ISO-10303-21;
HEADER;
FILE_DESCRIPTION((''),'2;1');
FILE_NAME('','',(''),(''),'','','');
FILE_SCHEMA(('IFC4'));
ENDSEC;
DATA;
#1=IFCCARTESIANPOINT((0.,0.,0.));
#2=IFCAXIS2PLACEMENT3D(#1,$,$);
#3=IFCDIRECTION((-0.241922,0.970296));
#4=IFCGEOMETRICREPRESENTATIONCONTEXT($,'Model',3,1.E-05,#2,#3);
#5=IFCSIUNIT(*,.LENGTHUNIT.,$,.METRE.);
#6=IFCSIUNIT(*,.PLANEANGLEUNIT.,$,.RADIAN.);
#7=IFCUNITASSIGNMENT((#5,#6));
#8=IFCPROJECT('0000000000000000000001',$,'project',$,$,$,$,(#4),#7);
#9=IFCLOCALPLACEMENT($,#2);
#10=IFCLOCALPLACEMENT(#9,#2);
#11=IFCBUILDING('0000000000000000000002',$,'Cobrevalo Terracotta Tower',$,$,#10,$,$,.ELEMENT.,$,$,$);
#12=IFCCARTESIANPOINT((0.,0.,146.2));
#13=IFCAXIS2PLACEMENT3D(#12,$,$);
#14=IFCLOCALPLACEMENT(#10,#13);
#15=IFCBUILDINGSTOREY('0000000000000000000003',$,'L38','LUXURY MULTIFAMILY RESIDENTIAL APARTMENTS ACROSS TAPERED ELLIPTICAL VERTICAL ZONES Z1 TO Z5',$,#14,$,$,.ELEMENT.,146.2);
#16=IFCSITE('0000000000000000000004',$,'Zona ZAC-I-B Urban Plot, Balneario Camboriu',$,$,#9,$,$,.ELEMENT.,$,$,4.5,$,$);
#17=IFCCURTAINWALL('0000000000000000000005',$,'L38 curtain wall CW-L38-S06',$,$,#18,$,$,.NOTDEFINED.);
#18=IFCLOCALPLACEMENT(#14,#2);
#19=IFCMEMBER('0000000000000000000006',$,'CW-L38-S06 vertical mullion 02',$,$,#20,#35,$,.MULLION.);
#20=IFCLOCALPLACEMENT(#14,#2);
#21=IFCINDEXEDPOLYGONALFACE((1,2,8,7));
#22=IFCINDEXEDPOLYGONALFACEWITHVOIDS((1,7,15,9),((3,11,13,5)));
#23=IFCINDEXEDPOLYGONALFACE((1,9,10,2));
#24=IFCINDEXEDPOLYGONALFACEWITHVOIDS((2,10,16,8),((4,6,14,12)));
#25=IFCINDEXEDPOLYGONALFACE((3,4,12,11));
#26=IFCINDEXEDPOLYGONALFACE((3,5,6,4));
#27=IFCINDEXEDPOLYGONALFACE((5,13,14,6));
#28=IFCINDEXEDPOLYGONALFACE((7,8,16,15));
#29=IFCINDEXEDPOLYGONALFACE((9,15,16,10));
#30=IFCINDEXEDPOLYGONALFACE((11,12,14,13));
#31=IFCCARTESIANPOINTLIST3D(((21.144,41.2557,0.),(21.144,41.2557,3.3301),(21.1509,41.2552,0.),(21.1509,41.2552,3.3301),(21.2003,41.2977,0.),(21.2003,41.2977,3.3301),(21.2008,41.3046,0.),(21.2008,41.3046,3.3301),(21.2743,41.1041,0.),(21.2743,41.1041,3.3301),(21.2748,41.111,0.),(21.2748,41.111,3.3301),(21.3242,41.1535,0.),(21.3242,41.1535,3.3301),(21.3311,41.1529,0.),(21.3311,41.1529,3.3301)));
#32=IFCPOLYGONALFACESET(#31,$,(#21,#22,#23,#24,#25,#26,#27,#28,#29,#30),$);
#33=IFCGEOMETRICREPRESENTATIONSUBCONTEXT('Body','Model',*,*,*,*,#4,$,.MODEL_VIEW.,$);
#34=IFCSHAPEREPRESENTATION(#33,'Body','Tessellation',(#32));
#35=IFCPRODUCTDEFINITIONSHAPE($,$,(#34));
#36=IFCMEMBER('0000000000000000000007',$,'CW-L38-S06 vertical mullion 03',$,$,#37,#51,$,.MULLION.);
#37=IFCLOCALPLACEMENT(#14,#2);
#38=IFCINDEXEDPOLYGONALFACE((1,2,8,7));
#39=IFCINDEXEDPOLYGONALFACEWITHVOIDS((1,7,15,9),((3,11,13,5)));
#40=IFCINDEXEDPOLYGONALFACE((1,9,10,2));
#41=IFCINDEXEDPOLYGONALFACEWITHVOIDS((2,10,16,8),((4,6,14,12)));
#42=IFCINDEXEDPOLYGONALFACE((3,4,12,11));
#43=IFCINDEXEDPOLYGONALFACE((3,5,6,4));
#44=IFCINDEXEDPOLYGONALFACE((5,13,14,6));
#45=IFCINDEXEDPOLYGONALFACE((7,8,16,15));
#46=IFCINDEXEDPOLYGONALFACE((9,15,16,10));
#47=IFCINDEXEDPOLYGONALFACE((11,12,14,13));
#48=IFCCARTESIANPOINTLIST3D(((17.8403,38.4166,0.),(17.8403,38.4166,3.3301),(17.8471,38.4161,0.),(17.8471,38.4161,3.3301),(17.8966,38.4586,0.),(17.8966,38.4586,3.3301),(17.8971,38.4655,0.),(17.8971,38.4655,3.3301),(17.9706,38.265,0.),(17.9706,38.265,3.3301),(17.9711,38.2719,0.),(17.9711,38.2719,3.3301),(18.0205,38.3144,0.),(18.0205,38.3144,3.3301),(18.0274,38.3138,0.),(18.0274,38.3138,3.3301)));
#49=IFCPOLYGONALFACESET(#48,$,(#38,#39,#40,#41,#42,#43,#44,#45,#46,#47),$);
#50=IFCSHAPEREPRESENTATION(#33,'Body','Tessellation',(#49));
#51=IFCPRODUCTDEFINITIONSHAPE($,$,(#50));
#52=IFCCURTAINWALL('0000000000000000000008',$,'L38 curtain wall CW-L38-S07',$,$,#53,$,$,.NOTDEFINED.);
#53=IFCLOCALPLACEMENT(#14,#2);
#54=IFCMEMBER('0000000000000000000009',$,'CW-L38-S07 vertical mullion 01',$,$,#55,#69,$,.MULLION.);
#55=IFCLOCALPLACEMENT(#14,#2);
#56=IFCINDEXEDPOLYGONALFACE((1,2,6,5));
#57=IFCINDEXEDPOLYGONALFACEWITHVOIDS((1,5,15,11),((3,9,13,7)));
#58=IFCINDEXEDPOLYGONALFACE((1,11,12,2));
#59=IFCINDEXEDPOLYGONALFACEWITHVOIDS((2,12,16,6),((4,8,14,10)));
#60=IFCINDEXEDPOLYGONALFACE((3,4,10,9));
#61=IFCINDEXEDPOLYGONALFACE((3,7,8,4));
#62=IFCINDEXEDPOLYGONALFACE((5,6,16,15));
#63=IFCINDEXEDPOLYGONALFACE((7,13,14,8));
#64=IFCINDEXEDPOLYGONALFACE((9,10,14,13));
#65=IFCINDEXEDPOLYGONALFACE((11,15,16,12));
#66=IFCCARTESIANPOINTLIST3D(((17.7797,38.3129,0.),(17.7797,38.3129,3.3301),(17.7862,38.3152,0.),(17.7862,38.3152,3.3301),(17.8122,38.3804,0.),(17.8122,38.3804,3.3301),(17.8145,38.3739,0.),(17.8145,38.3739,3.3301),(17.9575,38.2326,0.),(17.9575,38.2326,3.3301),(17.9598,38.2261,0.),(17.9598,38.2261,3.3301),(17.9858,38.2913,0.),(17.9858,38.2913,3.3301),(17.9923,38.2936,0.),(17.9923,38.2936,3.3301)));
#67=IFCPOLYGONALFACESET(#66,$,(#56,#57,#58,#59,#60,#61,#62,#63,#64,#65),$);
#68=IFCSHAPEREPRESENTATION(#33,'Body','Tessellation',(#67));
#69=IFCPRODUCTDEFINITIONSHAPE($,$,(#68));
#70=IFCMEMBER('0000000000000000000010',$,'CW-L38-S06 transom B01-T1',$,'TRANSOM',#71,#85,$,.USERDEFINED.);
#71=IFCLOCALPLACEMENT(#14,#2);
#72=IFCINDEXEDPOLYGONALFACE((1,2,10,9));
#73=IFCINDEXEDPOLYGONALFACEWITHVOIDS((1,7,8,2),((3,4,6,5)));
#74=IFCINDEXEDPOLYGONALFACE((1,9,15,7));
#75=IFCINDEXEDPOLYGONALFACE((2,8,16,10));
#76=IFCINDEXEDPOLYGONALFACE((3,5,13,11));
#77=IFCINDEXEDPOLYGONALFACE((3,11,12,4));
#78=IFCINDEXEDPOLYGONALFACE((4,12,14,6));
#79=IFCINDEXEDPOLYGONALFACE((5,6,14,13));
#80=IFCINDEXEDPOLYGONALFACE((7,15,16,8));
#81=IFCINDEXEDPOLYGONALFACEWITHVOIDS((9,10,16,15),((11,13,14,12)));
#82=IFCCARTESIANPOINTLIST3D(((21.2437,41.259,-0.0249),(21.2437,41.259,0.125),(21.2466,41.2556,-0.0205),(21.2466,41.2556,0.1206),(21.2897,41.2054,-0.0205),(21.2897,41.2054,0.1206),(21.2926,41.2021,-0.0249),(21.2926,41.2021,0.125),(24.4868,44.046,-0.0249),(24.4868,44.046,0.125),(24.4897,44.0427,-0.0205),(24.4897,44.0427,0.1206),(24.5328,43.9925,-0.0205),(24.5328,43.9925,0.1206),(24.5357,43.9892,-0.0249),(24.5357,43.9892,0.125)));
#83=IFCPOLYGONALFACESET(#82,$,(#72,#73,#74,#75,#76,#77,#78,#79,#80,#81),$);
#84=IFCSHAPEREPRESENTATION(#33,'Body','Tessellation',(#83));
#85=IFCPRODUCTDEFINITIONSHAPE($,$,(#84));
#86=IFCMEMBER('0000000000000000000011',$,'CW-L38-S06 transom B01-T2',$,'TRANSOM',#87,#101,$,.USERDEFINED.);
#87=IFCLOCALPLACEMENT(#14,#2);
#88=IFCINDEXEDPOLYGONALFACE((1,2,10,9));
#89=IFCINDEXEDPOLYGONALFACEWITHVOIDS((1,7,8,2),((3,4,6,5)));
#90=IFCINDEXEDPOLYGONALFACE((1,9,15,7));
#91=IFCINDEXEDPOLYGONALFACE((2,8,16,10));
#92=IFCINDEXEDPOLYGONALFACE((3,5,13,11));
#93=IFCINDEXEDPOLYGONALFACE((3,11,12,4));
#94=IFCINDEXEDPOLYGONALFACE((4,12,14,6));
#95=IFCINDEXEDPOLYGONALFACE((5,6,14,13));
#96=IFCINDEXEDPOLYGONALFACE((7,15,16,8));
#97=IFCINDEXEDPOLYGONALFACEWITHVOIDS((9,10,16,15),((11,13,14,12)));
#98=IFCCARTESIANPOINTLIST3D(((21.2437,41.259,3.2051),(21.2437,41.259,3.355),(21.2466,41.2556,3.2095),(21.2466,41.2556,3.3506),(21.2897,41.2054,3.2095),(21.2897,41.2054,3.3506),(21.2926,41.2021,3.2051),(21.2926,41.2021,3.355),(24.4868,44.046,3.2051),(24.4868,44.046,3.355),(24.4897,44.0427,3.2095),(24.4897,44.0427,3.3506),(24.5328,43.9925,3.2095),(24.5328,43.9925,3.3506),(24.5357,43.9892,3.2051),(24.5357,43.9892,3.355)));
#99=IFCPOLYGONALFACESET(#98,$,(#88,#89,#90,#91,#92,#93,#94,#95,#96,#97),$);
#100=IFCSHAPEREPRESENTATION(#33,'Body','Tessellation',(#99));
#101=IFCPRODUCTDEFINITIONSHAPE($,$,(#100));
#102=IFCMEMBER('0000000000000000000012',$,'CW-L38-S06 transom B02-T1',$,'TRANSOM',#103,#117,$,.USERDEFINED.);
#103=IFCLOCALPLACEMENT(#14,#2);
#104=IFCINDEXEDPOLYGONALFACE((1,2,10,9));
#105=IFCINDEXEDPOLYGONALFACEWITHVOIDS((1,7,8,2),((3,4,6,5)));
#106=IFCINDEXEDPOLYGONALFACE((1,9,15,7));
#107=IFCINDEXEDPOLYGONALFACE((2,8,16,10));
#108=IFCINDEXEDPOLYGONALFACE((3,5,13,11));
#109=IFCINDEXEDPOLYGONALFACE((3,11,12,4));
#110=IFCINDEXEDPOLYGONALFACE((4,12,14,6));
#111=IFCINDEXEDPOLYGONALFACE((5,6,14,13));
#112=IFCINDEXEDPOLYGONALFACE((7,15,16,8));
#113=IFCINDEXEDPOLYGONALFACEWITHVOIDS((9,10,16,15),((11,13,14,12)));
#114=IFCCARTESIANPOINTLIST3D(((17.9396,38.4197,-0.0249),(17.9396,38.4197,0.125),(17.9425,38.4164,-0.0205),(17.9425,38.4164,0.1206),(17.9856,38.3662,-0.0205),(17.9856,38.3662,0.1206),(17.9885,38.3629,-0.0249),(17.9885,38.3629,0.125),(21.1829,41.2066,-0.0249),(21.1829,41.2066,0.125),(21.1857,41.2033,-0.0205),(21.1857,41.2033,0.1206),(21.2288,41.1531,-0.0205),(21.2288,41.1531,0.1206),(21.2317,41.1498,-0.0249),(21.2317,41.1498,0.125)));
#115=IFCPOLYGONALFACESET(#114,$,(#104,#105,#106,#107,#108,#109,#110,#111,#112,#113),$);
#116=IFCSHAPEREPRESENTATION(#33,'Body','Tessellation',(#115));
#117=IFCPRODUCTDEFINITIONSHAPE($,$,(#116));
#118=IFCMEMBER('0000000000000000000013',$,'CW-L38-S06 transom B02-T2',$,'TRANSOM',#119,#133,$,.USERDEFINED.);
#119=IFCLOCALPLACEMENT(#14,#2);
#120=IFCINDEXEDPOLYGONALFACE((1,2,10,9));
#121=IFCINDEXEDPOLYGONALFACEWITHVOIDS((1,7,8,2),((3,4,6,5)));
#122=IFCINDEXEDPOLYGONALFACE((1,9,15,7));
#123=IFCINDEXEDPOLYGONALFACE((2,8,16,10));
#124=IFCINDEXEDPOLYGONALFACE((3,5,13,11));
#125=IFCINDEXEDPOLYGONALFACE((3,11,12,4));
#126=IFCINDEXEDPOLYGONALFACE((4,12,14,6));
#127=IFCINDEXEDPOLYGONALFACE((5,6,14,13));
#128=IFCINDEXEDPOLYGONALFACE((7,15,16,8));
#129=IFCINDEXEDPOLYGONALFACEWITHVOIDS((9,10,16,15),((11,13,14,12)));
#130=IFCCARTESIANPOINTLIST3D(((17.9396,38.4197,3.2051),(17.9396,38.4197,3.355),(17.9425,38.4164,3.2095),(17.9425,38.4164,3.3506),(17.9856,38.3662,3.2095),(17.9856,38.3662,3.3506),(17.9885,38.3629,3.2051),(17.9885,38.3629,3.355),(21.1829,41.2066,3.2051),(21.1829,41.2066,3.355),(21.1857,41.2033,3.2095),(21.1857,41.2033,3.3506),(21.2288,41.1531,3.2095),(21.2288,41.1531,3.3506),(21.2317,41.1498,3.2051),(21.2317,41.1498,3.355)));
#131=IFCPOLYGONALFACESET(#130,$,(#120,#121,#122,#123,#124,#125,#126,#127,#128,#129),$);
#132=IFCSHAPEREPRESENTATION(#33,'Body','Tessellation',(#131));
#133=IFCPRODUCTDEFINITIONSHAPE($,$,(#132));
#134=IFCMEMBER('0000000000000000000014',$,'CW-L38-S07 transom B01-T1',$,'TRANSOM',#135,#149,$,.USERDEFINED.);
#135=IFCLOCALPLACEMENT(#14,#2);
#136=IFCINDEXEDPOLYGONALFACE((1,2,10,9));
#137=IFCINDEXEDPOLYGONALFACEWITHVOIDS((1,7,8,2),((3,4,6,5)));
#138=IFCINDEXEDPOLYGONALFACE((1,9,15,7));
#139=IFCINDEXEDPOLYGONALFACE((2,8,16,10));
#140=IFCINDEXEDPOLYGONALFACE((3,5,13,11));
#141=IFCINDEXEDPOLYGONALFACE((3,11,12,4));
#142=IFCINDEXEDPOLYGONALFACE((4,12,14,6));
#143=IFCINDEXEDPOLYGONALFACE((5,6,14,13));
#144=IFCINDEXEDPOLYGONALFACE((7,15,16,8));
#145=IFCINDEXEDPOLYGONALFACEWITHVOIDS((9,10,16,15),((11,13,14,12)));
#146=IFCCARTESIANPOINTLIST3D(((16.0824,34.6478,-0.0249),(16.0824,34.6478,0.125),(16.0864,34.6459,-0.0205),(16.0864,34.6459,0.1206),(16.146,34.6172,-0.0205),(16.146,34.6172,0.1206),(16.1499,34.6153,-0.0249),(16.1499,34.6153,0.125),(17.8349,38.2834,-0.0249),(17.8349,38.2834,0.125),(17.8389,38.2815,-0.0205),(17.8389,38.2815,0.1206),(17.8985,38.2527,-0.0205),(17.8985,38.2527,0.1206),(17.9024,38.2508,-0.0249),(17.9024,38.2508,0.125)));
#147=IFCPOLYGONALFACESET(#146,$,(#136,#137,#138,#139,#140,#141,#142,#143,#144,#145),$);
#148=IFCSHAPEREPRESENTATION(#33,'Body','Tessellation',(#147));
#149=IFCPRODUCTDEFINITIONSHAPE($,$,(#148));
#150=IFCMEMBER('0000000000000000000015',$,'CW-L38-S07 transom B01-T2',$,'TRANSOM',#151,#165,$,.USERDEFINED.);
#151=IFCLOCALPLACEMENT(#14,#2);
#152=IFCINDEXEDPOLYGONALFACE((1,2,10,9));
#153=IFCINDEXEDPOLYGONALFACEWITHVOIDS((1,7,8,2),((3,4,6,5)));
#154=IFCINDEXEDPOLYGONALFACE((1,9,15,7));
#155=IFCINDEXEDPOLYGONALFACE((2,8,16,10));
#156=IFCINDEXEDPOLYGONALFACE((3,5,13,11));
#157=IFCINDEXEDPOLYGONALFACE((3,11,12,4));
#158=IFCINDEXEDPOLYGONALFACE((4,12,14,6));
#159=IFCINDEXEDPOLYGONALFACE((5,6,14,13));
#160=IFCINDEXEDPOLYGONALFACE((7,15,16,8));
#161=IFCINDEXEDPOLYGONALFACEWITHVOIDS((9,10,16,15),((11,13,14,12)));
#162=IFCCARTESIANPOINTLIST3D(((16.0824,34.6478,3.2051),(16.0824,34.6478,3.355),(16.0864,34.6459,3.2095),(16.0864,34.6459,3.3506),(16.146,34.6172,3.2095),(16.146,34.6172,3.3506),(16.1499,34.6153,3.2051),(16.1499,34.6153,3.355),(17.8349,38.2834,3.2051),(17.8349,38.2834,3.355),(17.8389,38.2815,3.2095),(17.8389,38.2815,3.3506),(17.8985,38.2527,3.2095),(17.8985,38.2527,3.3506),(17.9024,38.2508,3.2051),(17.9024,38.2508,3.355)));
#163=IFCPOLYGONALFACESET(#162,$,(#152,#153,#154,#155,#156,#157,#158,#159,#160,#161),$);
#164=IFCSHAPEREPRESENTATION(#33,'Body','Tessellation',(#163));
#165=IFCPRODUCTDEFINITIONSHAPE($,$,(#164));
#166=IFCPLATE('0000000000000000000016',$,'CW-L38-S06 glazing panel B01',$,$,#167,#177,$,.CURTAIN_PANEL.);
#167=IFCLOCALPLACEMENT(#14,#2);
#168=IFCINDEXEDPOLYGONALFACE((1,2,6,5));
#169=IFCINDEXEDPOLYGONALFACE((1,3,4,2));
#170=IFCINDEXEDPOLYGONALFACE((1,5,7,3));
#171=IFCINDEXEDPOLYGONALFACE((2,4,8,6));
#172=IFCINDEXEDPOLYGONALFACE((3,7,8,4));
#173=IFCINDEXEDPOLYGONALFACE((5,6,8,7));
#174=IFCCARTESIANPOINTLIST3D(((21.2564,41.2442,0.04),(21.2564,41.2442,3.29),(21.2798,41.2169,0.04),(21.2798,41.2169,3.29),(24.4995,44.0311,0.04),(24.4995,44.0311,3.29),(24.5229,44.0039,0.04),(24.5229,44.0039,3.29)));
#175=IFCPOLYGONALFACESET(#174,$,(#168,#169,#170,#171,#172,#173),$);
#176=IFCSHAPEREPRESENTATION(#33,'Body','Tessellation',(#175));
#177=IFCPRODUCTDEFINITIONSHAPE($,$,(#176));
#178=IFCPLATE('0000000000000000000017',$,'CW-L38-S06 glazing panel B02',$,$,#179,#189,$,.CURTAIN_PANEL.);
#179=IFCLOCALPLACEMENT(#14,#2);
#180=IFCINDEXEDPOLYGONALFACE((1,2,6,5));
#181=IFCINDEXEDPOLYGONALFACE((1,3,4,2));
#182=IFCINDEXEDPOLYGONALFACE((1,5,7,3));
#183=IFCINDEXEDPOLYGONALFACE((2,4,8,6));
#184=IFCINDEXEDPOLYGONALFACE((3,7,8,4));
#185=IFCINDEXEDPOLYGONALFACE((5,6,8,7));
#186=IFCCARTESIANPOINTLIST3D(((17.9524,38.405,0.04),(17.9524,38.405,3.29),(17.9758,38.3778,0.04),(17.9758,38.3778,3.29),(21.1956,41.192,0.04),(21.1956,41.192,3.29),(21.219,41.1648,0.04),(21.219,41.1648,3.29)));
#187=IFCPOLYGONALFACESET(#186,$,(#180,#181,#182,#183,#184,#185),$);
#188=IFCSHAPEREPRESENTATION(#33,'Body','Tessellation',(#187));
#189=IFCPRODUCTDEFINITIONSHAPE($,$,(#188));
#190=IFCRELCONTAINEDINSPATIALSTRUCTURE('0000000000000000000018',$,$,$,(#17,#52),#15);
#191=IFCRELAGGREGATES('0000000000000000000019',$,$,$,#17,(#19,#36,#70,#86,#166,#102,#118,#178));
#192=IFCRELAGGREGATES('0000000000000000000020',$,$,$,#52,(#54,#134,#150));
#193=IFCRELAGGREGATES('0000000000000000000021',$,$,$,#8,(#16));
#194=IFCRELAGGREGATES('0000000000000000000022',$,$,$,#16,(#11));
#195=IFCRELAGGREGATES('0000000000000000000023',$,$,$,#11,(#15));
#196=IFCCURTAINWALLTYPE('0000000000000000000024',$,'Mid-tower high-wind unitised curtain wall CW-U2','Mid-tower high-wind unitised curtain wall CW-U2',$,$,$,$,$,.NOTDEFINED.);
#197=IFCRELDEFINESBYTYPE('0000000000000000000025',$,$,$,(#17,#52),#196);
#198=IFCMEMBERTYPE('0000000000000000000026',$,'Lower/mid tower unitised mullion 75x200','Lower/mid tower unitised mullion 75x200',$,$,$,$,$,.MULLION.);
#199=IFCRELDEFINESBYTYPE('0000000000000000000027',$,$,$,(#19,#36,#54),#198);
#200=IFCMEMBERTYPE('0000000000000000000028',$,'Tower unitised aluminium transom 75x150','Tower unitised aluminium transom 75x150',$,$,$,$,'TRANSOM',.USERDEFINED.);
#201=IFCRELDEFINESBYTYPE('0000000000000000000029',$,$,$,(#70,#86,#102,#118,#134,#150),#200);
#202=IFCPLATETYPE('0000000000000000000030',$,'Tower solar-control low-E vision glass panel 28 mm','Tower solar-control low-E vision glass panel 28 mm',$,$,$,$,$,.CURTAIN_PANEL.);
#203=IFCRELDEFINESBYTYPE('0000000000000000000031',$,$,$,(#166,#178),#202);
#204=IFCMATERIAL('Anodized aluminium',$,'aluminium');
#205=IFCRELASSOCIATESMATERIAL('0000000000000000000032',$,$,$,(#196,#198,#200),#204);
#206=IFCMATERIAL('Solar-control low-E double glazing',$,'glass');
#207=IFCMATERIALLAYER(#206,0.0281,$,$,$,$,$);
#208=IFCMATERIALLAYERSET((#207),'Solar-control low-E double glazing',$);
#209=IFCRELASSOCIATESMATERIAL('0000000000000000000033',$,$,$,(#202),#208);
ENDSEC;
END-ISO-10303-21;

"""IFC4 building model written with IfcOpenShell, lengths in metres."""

from ifc_helpers import new_model, si_unit, direction, frame, origin, origin_2d, place, context, subcontext, project, spatial, rectangle, hollow_rectangle, extrude, source, transform, mapped, material, layer, layer_set, material_profile, profile_set, type_object, element, aggregate, save


model = new_model("IFC4")

# Units and contexts
model_context = context("Model", 3, precision=1e-05, world=origin(), true_north=direction((-0.241922, 0.970296)))
body_context = subcontext(model_context, "Body", "Model", "MODEL_VIEW")
ifc_project = project(units=[si_unit("LENGTHUNIT", "METRE"), si_unit("PLANEANGLEUNIT", "RADIAN")], contexts=[model_context])

# Site, building, storey
site_placement = place(None, origin())
site = spatial("IfcSite", under=ifc_project, at=site_placement, Name="Zona ZAC-I-B Urban Plot, Balneario Camboriu", CompositionType="ELEMENT", RefElevation=4.5)
building_placement = place(site_placement, origin())
building = spatial("IfcBuilding", under=site, at=building_placement, Name="Cobrevalo Terracotta Tower", CompositionType="ELEMENT")
storey_placement = place(building_placement, frame((0.0, 0.0, 146.2)))
storey = spatial("IfcBuildingStorey", under=building, at=storey_placement, Name="L38", Description="LUXURY MULTIFAMILY RESIDENTIAL APARTMENTS ACROSS TAPERED ELLIPTICAL VERTICAL ZONES Z1 TO Z5", CompositionType="ELEMENT", Elevation=146.2)

# Shared definitions
ifc_material_1 = material(Name="Anodized aluminium", Category="aluminium")
curtain_wall_type = type_object("IfcCurtainWallType", Name="Mid-tower high-wind unitised curtain wall CW-U2", Description="Mid-tower high-wind unitised curtain wall CW-U2", PredefinedType="NOTDEFINED", material=ifc_material_1)
ifc_material_profile_1 = material_profile(ifc_material_1, hollow_rectangle(XDim=0.075, YDim=0.2, WallThickness=0.0049, at=origin_2d()), Name="CWM 75x200")
ifc_profile_set_1 = profile_set([ifc_material_profile_1], Name="Anodized aluminium")
member_type_1 = type_object("IfcMemberType", Name="Lower/mid tower unitised mullion 75x200", Description="Lower/mid tower unitised mullion 75x200", PredefinedType="MULLION", material=ifc_profile_set_1)
shared_shape_1 = source(origin(), body_context, "Body", "SweptSolid", [
    extrude(hollow_rectangle(XDim=0.075, YDim=0.2, WallThickness=0.0049, at=origin_2d()), origin(), (0.0, 0.0, 1.0), 3.3301),
])

# Curtain wall, members
curtain_wall_1_placement = place(storey_placement, origin())
curtain_wall_1 = element("IfcCurtainWall", 1, at=curtain_wall_1_placement, inside=storey, type_object=curtain_wall_type, Name="L38 curtain wall CW-L38-S06", PredefinedType="NOTDEFINED")
member_1_placement = place(storey_placement, frame((21.2375, 41.2043, 0.0), z_axis=(0.0, 0.0, 1.0), x_axis=(-0.758442, -0.651741, 0.0)))
member_1 = element("IfcMember", 2, at=member_1_placement, type_object=member_type_1, Name="CW-L38-S06 vertical mullion 02", PredefinedType="MULLION", context=body_context, shape_type="MappedRepresentation", body=[
    mapped(shared_shape_1, transform((0.0, 0.0, 0.0), scale=1.0)),
])
member_2_placement = place(storey_placement, frame((17.9338, 38.3652, 0.0), z_axis=(0.0, 0.0, 1.0), x_axis=(-0.758442, -0.651741, 0.0)))
member_2 = element("IfcMember", 3, at=member_2_placement, type_object=member_type_1, Name="CW-L38-S06 vertical mullion 03", PredefinedType="MULLION", context=body_context, shape_type="MappedRepresentation", body=[
    mapped(shared_shape_1, transform((0.0, 0.0, 0.0), scale=1.0)),
])

# Curtain wall, member
curtain_wall_2_placement = place(storey_placement, origin())
curtain_wall_2 = element("IfcCurtainWall", 4, at=curtain_wall_2_placement, inside=storey, type_object=curtain_wall_type, Name="L38 curtain wall CW-L38-S07", PredefinedType="NOTDEFINED")
member_3_placement = place(storey_placement, frame((17.886, 38.3032, 0.0), z_axis=(0.0, 0.0, 1.0), x_axis=(-0.434209, -0.900812, 0.0)))
member_3 = element("IfcMember", 5, at=member_3_placement, type_object=member_type_1, Name="CW-L38-S07 vertical mullion 01", PredefinedType="MULLION", context=body_context, shape_type="MappedRepresentation", body=[
    mapped(shared_shape_1, transform((0.0, 0.0, 0.0), scale=1.0)),
])

# Members
ifc_material_profile_2 = material_profile(ifc_material_1, hollow_rectangle(XDim=0.075, YDim=0.1499, WallThickness=0.0044, at=origin_2d()), Name="CWT 75x150")
ifc_profile_set_2 = profile_set([ifc_material_profile_2], Name="Anodized aluminium")
member_type_2 = type_object("IfcMemberType", Name="Tower unitised aluminium transom 75x150", Description="Tower unitised aluminium transom 75x150", ElementType="TRANSOM", PredefinedType="USERDEFINED", material=ifc_profile_set_2)
shared_shape_2 = source(origin(), body_context, "Body", "SweptSolid", [
    extrude(hollow_rectangle(XDim=0.075, YDim=0.1499, WallThickness=0.0044, at=origin_2d()), origin(), (0.0, 0.0, 1.0), 4.2761),
])
member_4_placement = place(storey_placement, frame((24.5112, 44.0176, 0.05), z_axis=(-0.758418, -0.651769, 0.0), x_axis=(0.651769, -0.758418, 0.0)))
member_4 = element("IfcMember", 6, at=member_4_placement, type_object=member_type_2, Name="CW-L38-S06 transom B01-T1", ObjectType="TRANSOM", PredefinedType="USERDEFINED", context=body_context, shape_type="MappedRepresentation", body=[
    mapped(shared_shape_2, transform((0.0, 0.0, 0.0), scale=1.0)),
])
member_5_placement = place(storey_placement, frame((24.5112, 44.0176, 3.28), z_axis=(-0.758418, -0.651769, 0.0), x_axis=(0.651769, -0.758418, 0.0)))
member_5 = element("IfcMember", 7, at=member_5_placement, type_object=member_type_2, Name="CW-L38-S06 transom B01-T2", ObjectType="TRANSOM", PredefinedType="USERDEFINED", context=body_context, shape_type="MappedRepresentation", body=[
    mapped(shared_shape_2, transform((0.0, 0.0, 0.0), scale=1.0)),
])
member_6_placement = place(storey_placement, frame((21.2073, 41.1782, 0.05), z_axis=(-0.758446, -0.651736, 0.0), x_axis=(0.651736, -0.758446, 0.0)))
member_6 = element("IfcMember", 8, at=member_6_placement, type_object=member_type_2, Name="CW-L38-S06 transom B02-T1", ObjectType="TRANSOM", PredefinedType="USERDEFINED", context=body_context, shape_type="MappedRepresentation", body=[
    mapped(shared_shape_2, transform((0.0, 0.0, 0.0), scale=1.0)),
])
member_7_placement = place(storey_placement, frame((21.2073, 41.1782, 3.28), z_axis=(-0.758446, -0.651736, 0.0), x_axis=(0.651736, -0.758446, 0.0)))
member_7 = element("IfcMember", 9, at=member_7_placement, type_object=member_type_2, Name="CW-L38-S06 transom B02-T2", ObjectType="TRANSOM", PredefinedType="USERDEFINED", context=body_context, shape_type="MappedRepresentation", body=[
    mapped(shared_shape_2, transform((0.0, 0.0, 0.0), scale=1.0)),
])
shared_shape_3 = source(origin(), body_context, "Body", "SweptSolid", [
    extrude(hollow_rectangle(XDim=0.075, YDim=0.1499, WallThickness=0.0044, at=origin_2d()), origin(), (0.0, 0.0, 1.0), 4.0359),
])
member_8_placement = place(storey_placement, frame((17.8687, 38.2671, 0.05), z_axis=(-0.434221, -0.900806, 0.0), x_axis=(0.900806, -0.434221, 0.0)))
member_8 = element("IfcMember", 10, at=member_8_placement, type_object=member_type_2, Name="CW-L38-S07 transom B01-T1", ObjectType="TRANSOM", PredefinedType="USERDEFINED", context=body_context, shape_type="MappedRepresentation", body=[
    mapped(shared_shape_3, transform((0.0, 0.0, 0.0), scale=1.0)),
])
member_9_placement = place(storey_placement, frame((17.8687, 38.2671, 3.28), z_axis=(-0.434221, -0.900806, 0.0), x_axis=(0.900806, -0.434221, 0.0)))
member_9 = element("IfcMember", 11, at=member_9_placement, type_object=member_type_2, Name="CW-L38-S07 transom B01-T2", ObjectType="TRANSOM", PredefinedType="USERDEFINED", context=body_context, shape_type="MappedRepresentation", body=[
    mapped(shared_shape_3, transform((0.0, 0.0, 0.0), scale=1.0)),
])

# Plates
ifc_material_2 = material(Name="Solar-control low-E double glazing", Category="glass")
ifc_layer_1 = layer(ifc_material_2, 0.0281)
ifc_layer_set_1 = layer_set([ifc_layer_1], Name="Solar-control low-E double glazing")
plate_type = type_object("IfcPlateType", Name="Tower solar-control low-E vision glass panel 28 mm", Description="Tower solar-control low-E vision glass panel 28 mm", PredefinedType="CURTAIN_PANEL", material=ifc_layer_set_1)
shared_shape_4 = source(origin(), body_context, "Body", "SweptSolid", [
    extrude(rectangle(XDim=4.2761, YDim=0.0359, at=origin_2d()), origin(), (0.0, 0.0, 1.0), 3.25),
])
plate_1_placement = place(storey_placement, frame((22.8896, 42.624, 0.04), z_axis=(0.0, 0.0, 1.0), x_axis=(-0.758437, -0.651746, 0.0)))
plate_1 = element("IfcPlate", 12, at=plate_1_placement, type_object=plate_type, Name="CW-L38-S06 glazing panel B01", PredefinedType="CURTAIN_PANEL", context=body_context, shape_type="MappedRepresentation", body=[
    mapped(shared_shape_4, transform((0.0, 0.0, 0.0), scale=1.0)),
])
plate_2_placement = place(storey_placement, frame((19.5857, 39.7849, 0.04), z_axis=(0.0, 0.0, 1.0), x_axis=(-0.758437, -0.651746, 0.0)))
plate_2 = element("IfcPlate", 13, at=plate_2_placement, type_object=plate_type, Name="CW-L38-S06 glazing panel B02", PredefinedType="CURTAIN_PANEL", context=body_context, shape_type="MappedRepresentation", body=[
    mapped(shared_shape_4, transform((0.0, 0.0, 0.0), scale=1.0)),
])
aggregate(curtain_wall_1, [member_1, member_2, member_4, member_5, plate_1, member_6, member_7, plate_2])
aggregate(curtain_wall_2, [member_3, member_8, member_9])

save(model, "model.ifc")
